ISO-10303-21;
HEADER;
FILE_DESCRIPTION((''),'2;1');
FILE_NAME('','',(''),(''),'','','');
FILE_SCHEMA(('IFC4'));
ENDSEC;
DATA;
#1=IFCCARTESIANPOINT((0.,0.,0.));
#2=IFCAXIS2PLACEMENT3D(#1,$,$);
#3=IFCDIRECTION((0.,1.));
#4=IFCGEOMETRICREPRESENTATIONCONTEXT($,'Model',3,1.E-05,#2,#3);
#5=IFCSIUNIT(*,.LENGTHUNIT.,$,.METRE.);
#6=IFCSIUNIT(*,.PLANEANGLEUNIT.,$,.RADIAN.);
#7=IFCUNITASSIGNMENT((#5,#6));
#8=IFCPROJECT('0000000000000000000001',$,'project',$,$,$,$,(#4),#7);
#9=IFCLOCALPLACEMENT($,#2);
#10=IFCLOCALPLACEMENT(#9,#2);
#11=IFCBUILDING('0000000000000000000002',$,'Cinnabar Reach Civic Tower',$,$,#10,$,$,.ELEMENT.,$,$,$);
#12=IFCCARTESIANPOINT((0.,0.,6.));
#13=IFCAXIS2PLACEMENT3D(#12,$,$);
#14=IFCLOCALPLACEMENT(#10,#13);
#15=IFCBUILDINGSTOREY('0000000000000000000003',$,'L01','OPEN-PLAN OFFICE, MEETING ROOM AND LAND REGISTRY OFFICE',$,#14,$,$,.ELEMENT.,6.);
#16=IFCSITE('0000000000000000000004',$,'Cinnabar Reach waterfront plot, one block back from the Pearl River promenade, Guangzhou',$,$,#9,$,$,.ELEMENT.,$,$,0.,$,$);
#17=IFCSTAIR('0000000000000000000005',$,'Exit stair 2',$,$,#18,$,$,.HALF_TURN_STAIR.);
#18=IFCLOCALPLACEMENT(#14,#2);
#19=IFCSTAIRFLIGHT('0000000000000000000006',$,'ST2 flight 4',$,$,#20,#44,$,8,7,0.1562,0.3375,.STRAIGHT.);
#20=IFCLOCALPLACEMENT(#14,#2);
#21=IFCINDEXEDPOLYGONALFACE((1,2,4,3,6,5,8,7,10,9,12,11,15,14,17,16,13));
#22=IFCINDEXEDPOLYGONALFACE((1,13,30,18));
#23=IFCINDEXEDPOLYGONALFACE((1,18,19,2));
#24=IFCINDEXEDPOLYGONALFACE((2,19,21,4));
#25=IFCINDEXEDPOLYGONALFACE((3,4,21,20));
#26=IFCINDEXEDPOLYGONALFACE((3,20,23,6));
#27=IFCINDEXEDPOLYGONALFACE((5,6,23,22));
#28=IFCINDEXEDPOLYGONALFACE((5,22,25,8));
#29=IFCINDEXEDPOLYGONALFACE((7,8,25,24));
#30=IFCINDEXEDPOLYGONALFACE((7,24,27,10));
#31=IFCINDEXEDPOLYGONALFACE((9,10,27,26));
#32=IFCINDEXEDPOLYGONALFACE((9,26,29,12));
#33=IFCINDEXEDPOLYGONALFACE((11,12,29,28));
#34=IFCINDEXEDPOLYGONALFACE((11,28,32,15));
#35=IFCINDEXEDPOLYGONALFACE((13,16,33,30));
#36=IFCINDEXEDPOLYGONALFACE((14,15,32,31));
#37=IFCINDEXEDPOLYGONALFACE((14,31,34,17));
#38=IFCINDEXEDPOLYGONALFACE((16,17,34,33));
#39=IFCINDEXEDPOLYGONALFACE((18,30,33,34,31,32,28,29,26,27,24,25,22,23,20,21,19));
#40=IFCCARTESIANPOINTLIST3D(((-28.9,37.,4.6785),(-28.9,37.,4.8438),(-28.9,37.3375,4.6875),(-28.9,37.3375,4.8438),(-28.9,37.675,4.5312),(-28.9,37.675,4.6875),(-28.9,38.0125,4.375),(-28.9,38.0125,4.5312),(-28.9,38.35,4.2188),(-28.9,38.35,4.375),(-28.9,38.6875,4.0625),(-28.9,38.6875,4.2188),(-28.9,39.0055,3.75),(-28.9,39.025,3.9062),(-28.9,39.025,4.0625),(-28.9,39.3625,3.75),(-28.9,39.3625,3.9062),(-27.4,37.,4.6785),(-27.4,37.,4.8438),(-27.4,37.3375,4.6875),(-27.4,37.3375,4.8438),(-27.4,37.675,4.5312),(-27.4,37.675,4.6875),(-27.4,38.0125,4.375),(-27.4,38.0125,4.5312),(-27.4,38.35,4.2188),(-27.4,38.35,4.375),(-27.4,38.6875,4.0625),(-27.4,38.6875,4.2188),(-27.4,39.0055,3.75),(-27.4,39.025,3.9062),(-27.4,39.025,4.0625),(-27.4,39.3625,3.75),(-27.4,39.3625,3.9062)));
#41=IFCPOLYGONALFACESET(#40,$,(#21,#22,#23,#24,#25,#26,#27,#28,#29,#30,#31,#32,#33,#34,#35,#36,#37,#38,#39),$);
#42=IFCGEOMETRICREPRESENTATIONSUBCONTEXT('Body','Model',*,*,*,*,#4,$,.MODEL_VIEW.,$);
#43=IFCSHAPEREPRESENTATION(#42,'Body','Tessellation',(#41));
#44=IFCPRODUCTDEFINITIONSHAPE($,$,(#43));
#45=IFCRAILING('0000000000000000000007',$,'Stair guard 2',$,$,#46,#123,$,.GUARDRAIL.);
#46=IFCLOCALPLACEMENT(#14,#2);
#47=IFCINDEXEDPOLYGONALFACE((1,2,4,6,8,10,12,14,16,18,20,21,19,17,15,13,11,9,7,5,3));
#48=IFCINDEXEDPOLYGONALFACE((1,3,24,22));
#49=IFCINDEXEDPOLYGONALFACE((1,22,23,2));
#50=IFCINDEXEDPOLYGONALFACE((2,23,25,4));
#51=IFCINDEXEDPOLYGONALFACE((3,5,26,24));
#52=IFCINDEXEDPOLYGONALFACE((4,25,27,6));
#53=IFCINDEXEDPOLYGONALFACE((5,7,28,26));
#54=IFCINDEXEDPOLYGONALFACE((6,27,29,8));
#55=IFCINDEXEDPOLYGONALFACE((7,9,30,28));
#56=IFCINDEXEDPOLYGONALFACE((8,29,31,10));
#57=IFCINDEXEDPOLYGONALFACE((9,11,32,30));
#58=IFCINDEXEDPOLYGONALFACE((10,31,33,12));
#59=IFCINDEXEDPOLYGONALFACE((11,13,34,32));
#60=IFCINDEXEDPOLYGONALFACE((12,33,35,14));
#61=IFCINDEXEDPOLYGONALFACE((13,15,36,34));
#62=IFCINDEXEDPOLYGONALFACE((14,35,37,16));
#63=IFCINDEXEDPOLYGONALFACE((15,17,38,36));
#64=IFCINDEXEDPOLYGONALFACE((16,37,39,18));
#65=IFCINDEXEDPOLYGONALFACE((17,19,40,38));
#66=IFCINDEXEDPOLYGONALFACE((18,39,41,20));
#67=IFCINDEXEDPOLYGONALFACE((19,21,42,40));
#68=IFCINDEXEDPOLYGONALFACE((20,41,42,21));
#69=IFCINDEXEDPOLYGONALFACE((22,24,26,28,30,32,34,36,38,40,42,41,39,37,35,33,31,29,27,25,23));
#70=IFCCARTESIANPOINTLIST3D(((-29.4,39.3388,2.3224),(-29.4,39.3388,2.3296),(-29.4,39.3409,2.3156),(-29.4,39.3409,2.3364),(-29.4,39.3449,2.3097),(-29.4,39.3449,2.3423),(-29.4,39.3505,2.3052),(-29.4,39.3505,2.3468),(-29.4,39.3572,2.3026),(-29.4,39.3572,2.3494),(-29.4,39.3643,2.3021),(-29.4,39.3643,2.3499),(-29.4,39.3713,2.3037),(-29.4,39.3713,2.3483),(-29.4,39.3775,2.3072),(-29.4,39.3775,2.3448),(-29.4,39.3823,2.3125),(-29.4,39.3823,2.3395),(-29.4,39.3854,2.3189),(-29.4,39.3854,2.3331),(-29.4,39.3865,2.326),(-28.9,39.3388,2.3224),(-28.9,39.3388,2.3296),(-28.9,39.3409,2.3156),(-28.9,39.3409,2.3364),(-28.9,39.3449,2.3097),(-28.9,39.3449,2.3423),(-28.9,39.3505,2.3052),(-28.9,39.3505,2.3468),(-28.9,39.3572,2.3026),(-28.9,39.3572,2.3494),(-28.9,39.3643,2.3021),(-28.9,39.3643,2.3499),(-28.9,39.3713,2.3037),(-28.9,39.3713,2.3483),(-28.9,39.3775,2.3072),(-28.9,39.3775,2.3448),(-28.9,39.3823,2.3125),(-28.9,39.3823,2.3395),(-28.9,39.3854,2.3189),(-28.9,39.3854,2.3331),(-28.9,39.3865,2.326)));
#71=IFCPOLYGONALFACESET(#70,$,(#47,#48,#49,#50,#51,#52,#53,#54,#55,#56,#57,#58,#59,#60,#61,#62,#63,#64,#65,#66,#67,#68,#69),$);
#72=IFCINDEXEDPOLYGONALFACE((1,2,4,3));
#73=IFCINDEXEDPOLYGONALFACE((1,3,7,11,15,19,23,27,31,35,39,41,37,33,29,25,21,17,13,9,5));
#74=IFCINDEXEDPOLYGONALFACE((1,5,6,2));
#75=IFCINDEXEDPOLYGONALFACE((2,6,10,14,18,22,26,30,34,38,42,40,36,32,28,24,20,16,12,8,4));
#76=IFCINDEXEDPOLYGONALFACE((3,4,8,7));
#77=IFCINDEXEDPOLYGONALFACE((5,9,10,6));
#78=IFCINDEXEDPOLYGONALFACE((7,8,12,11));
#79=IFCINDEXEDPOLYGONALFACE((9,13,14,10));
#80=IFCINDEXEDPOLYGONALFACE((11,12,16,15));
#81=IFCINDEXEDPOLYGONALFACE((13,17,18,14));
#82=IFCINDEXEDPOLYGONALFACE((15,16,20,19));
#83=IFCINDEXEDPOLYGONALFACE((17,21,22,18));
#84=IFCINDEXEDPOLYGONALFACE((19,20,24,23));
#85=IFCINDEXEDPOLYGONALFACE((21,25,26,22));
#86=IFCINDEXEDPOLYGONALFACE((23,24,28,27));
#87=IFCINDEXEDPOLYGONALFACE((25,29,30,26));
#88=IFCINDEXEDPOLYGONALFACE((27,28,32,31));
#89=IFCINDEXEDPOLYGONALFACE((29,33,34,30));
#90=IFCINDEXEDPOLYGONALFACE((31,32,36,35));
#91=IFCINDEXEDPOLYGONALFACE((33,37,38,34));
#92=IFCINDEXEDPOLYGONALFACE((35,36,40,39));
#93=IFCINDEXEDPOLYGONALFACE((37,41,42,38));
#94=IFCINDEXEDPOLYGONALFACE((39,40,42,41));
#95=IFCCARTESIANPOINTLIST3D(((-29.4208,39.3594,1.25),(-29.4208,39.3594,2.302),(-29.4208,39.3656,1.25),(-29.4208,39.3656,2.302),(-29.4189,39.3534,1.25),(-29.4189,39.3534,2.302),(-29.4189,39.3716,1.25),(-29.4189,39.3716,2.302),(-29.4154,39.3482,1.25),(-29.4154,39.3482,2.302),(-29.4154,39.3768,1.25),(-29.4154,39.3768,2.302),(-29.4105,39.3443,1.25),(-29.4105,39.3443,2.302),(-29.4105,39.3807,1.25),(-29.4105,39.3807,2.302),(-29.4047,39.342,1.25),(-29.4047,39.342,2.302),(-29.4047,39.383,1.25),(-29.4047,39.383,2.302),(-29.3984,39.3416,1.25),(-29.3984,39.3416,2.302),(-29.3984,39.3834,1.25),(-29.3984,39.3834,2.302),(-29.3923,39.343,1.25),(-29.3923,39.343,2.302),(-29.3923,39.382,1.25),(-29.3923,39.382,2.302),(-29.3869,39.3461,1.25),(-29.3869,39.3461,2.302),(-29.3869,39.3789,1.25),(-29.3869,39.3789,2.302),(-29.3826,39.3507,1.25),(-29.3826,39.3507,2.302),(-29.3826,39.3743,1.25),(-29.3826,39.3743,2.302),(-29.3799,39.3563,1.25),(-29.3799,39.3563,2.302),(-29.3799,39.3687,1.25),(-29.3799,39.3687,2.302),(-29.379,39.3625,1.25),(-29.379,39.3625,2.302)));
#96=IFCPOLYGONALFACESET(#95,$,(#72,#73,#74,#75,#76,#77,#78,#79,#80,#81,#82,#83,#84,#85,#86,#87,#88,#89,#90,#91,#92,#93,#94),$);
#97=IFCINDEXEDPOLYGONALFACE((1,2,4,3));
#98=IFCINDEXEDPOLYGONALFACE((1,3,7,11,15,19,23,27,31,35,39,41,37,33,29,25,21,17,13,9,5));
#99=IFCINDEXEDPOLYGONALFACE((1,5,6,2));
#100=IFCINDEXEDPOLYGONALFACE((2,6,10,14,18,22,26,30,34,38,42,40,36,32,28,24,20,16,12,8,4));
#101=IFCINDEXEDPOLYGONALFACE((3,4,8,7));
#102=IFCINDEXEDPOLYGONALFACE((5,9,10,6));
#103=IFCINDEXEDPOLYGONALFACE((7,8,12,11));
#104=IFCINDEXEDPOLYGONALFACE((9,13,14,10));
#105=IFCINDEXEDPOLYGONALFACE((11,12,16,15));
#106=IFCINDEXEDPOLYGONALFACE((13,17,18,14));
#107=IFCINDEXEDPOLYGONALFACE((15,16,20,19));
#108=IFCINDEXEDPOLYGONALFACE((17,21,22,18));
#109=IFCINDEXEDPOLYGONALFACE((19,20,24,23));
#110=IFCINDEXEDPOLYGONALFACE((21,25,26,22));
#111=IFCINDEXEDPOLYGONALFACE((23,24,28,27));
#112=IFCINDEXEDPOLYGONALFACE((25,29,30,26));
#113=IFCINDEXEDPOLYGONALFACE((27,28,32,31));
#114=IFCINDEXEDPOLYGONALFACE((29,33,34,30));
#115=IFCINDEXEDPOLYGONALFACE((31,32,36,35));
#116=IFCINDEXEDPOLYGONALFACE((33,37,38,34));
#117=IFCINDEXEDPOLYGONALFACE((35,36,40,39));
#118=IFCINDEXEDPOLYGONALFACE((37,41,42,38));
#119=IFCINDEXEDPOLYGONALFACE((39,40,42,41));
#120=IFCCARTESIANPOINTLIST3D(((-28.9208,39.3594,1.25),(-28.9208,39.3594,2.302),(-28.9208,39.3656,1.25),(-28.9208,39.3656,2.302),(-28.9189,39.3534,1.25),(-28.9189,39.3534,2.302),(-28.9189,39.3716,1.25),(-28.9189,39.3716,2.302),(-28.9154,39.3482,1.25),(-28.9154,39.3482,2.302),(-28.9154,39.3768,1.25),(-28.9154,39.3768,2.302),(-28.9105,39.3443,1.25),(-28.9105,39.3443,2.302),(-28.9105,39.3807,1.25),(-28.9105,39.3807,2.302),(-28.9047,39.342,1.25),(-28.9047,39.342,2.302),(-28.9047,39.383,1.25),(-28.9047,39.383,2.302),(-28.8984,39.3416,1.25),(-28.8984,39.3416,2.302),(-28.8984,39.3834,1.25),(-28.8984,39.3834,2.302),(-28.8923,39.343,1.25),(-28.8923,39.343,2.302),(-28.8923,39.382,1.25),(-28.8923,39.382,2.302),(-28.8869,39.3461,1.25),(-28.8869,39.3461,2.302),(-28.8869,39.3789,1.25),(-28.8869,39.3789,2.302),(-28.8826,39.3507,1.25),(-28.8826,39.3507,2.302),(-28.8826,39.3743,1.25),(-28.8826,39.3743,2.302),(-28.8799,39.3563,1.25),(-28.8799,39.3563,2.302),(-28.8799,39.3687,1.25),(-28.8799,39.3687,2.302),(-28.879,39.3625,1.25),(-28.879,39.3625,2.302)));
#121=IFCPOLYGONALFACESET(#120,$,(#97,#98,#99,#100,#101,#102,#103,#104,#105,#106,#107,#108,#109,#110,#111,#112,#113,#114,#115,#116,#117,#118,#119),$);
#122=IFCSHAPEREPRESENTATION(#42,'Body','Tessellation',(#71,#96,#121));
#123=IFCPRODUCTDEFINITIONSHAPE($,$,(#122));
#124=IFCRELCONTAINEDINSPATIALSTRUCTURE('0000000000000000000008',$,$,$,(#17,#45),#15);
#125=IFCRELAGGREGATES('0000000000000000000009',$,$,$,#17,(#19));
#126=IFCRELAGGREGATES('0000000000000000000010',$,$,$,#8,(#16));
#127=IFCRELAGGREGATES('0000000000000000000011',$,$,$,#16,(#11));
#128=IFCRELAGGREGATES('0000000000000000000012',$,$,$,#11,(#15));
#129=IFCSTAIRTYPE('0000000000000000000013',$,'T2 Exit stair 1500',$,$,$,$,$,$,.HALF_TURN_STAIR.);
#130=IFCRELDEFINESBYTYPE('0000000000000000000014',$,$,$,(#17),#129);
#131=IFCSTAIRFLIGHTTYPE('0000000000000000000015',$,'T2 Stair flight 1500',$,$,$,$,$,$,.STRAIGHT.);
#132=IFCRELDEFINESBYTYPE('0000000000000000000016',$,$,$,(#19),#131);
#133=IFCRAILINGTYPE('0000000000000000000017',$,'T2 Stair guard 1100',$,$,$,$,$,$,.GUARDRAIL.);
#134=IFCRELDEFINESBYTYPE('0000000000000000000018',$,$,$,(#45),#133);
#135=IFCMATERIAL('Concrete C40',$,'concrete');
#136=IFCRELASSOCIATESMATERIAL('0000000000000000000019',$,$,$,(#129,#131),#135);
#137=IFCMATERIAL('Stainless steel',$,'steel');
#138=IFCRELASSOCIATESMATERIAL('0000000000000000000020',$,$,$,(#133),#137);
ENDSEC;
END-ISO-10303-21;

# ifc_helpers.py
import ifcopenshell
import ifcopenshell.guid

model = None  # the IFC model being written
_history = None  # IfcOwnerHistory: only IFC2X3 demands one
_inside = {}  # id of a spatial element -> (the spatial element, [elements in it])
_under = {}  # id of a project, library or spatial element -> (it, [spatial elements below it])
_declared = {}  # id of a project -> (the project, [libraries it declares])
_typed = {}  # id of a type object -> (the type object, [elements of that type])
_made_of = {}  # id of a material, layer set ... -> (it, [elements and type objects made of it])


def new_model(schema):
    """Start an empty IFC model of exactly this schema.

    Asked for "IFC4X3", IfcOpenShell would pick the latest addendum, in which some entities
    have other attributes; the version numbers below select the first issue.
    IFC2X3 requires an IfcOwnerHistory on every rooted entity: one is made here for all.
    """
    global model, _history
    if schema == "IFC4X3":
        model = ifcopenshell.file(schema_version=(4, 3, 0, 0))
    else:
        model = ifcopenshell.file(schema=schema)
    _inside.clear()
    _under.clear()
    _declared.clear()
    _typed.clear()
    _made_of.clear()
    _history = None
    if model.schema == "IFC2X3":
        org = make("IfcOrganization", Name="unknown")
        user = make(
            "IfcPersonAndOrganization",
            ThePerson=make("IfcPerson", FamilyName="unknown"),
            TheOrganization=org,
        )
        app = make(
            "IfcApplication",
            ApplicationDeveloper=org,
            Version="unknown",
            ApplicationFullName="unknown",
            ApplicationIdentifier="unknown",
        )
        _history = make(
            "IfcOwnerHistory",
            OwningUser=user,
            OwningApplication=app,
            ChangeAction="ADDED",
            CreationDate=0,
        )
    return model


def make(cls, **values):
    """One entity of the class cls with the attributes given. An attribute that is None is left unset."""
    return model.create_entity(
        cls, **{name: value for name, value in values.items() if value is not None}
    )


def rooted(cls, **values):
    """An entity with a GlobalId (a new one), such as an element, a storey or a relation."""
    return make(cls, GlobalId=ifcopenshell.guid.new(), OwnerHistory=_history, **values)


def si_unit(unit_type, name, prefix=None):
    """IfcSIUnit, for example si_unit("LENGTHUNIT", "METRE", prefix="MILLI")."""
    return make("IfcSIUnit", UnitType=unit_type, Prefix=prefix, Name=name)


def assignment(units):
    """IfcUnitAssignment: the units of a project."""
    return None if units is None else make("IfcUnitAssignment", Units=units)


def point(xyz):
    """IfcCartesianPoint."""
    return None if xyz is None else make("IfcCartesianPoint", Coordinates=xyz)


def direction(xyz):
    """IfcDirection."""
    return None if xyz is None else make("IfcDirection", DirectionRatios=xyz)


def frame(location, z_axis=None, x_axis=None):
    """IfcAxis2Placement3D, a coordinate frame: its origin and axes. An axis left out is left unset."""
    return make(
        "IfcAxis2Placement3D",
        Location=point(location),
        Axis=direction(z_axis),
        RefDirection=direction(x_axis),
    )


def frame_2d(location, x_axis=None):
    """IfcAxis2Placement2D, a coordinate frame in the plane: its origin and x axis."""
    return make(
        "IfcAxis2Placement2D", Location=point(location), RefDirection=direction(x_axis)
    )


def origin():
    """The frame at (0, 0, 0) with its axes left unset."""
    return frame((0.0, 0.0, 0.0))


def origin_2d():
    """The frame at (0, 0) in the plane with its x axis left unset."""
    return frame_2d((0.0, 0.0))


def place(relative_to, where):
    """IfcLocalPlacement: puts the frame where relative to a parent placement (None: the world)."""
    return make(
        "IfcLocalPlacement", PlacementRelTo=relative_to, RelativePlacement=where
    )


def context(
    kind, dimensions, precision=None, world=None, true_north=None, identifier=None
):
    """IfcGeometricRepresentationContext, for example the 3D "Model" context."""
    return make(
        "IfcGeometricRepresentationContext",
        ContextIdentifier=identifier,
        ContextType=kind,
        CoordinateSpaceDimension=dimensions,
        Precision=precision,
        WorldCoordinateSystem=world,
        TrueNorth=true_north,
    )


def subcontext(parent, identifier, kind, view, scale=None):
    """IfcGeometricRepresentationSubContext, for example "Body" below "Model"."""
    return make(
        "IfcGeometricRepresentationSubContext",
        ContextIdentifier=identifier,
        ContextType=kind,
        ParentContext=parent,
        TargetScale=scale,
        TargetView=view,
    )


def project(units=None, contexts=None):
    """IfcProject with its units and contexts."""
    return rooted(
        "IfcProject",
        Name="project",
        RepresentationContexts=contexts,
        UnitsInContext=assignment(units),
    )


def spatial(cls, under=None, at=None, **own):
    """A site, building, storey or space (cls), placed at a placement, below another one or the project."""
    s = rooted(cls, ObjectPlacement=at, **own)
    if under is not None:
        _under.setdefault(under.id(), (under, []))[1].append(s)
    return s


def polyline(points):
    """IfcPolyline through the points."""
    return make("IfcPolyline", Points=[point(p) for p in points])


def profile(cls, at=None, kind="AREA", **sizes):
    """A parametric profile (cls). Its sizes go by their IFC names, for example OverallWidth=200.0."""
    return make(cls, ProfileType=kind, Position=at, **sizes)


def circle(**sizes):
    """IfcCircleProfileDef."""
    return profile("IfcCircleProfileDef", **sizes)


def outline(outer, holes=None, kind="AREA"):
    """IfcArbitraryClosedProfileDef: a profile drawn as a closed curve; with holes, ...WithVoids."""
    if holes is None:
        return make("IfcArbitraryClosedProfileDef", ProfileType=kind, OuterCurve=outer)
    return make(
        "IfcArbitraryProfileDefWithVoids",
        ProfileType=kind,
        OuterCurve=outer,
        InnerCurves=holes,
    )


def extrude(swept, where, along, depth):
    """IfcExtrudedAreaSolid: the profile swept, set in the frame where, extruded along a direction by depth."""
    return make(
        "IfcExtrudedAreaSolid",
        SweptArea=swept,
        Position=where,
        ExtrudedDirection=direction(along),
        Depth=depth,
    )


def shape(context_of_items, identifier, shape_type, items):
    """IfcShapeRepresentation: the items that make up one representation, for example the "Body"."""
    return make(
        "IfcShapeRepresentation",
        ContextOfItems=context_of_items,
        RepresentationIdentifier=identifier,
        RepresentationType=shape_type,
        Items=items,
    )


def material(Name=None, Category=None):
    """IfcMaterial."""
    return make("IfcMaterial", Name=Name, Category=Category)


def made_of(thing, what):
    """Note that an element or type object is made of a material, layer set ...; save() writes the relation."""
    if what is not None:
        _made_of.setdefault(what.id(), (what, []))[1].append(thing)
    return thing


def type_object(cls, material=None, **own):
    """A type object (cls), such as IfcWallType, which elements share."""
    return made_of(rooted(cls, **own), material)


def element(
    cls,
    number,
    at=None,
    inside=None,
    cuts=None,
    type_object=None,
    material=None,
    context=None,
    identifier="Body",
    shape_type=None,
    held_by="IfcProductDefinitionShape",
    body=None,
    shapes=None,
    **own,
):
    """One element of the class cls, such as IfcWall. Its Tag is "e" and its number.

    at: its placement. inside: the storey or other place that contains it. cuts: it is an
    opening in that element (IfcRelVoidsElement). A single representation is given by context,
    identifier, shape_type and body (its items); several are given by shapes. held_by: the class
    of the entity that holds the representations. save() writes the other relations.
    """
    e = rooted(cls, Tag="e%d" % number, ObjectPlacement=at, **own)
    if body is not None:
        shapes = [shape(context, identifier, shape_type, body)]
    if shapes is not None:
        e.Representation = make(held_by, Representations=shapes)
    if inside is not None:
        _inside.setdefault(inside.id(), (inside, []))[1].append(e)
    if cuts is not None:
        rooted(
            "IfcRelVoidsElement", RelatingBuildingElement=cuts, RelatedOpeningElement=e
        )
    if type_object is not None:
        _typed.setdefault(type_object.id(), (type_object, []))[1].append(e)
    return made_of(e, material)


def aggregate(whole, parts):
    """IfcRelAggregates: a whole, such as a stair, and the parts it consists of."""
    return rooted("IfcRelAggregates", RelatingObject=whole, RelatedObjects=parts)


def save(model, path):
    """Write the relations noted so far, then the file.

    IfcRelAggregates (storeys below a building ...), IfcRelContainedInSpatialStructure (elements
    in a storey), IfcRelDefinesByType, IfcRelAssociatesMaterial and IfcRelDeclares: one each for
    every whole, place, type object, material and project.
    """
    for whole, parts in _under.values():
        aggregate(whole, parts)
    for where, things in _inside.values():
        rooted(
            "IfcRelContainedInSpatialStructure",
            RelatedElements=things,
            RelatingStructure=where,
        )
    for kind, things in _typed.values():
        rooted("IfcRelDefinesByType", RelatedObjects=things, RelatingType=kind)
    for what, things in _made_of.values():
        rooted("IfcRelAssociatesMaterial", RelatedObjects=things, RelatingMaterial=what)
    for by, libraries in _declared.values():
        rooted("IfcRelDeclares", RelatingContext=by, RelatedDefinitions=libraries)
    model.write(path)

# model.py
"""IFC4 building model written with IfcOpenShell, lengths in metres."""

from ifc_helpers import new_model, si_unit, direction, frame, origin, origin_2d, place, context, subcontext, project, spatial, polyline, circle, outline, extrude, material, type_object, element, aggregate, save


model = new_model("IFC4")

# Units and contexts
model_context = context("Model", 3, precision=1e-05, world=origin(), true_north=direction((0.0, 1.0)))
body_context = subcontext(model_context, "Body", "Model", "MODEL_VIEW")
ifc_project = project(units=[si_unit("LENGTHUNIT", "METRE"), si_unit("PLANEANGLEUNIT", "RADIAN")], contexts=[model_context])

# Site, building, storey
site_placement = place(None, origin())
site = spatial("IfcSite", under=ifc_project, at=site_placement, Name="Cinnabar Reach waterfront plot, one block back from the Pearl River promenade, Guangzhou", CompositionType="ELEMENT", RefElevation=0.0)
building_placement = place(site_placement, origin())
building = spatial("IfcBuilding", under=site, at=building_placement, Name="Cinnabar Reach Civic Tower", CompositionType="ELEMENT")
storey_placement = place(building_placement, frame((0.0, 0.0, 6.0)))
storey = spatial("IfcBuildingStorey", under=building, at=storey_placement, Name="L01", Description="OPEN-PLAN OFFICE, MEETING ROOM AND LAND REGISTRY OFFICE", CompositionType="ELEMENT", Elevation=6.0)

# Shared definitions
ifc_material_1 = material(Name="Concrete C40", Category="concrete")

# Stair, stair flight
stair_type = type_object("IfcStairType", Name="T2 Exit stair 1500", PredefinedType="HALF_TURN_STAIR", material=ifc_material_1)
stair_placement = place(storey_placement, origin())
stair = element("IfcStair", 1, at=stair_placement, inside=storey, type_object=stair_type, Name="Exit stair 2", PredefinedType="HALF_TURN_STAIR")
stair_flight_type = type_object("IfcStairFlightType", Name="T2 Stair flight 1500", PredefinedType="STRAIGHT", material=ifc_material_1)
stair_flight_1_placement = place(storey_placement, frame((-28.15, 39.3625, 3.75), z_axis=(0.0, 0.0, 1.0), x_axis=(0.0, -1.0, 0.0)))
stair_flight_1 = element("IfcStairFlight", 2, at=stair_flight_1_placement, type_object=stair_flight_type, Name="ST2 flight 4", NumberOfRisers=8, NumberOfTreads=7, PredefinedType="STRAIGHT", RiserHeight=0.1562, TreadLength=0.3375, context=body_context, shape_type="SweptSolid", body=[
    extrude(outline(polyline([(0.0, 0.0), (0.0, 0.1562), (0.3375, 0.1562), (0.3375, 0.3125), (0.675, 0.3125), (0.675, 0.4688), (1.0125, 0.4688), (1.0125, 0.625), (1.35, 0.625), (1.35, 0.7812), (1.6875, 0.7812), (1.6875, 0.9375), (2.025, 0.9375), (2.025, 1.0938), (2.3625, 1.0938), (2.3625, 1.25), (2.3625, 0.9285), (0.357, 0.0), (0.0, 0.0)])), frame((0.0, 0.75, 0.0), z_axis=(0.0, -1.0, 0.0), x_axis=(1.0, 0.0, 0.0)), (0.0, 0.0, 1.0), 1.5),
])
aggregate(stair, [stair_flight_1])

# Railing
ifc_material_2 = material(Name="Stainless steel", Category="steel")
railing_type = type_object("IfcRailingType", Name="T2 Stair guard 1100", PredefinedType="GUARDRAIL", material=ifc_material_2)
railing_1_placement = place(storey_placement, frame((-29.4, 39.3625, 1.25)))
element("IfcRailing", 3, at=railing_1_placement, inside=storey, type_object=railing_type, Name="Stair guard 2", PredefinedType="GUARDRAIL", context=body_context, shape_type="SweptSolid", body=[
    extrude(circle(Radius=0.024, at=origin_2d()), frame((0.0, 0.0, 1.076), z_axis=(1.0, 0.0, 0.0), x_axis=(0.0, 1.0, 0.0)), (0.0, 0.0, 1.0), 0.5),
    extrude(circle(Radius=0.021, at=origin_2d()), origin(), (0.0, 0.0, 1.0), 1.052),
    extrude(circle(Radius=0.021, at=origin_2d()), frame((0.5, 0.0, 0.0)), (0.0, 0.0, 1.0), 1.052),
])

save(model, "model.ifc")
